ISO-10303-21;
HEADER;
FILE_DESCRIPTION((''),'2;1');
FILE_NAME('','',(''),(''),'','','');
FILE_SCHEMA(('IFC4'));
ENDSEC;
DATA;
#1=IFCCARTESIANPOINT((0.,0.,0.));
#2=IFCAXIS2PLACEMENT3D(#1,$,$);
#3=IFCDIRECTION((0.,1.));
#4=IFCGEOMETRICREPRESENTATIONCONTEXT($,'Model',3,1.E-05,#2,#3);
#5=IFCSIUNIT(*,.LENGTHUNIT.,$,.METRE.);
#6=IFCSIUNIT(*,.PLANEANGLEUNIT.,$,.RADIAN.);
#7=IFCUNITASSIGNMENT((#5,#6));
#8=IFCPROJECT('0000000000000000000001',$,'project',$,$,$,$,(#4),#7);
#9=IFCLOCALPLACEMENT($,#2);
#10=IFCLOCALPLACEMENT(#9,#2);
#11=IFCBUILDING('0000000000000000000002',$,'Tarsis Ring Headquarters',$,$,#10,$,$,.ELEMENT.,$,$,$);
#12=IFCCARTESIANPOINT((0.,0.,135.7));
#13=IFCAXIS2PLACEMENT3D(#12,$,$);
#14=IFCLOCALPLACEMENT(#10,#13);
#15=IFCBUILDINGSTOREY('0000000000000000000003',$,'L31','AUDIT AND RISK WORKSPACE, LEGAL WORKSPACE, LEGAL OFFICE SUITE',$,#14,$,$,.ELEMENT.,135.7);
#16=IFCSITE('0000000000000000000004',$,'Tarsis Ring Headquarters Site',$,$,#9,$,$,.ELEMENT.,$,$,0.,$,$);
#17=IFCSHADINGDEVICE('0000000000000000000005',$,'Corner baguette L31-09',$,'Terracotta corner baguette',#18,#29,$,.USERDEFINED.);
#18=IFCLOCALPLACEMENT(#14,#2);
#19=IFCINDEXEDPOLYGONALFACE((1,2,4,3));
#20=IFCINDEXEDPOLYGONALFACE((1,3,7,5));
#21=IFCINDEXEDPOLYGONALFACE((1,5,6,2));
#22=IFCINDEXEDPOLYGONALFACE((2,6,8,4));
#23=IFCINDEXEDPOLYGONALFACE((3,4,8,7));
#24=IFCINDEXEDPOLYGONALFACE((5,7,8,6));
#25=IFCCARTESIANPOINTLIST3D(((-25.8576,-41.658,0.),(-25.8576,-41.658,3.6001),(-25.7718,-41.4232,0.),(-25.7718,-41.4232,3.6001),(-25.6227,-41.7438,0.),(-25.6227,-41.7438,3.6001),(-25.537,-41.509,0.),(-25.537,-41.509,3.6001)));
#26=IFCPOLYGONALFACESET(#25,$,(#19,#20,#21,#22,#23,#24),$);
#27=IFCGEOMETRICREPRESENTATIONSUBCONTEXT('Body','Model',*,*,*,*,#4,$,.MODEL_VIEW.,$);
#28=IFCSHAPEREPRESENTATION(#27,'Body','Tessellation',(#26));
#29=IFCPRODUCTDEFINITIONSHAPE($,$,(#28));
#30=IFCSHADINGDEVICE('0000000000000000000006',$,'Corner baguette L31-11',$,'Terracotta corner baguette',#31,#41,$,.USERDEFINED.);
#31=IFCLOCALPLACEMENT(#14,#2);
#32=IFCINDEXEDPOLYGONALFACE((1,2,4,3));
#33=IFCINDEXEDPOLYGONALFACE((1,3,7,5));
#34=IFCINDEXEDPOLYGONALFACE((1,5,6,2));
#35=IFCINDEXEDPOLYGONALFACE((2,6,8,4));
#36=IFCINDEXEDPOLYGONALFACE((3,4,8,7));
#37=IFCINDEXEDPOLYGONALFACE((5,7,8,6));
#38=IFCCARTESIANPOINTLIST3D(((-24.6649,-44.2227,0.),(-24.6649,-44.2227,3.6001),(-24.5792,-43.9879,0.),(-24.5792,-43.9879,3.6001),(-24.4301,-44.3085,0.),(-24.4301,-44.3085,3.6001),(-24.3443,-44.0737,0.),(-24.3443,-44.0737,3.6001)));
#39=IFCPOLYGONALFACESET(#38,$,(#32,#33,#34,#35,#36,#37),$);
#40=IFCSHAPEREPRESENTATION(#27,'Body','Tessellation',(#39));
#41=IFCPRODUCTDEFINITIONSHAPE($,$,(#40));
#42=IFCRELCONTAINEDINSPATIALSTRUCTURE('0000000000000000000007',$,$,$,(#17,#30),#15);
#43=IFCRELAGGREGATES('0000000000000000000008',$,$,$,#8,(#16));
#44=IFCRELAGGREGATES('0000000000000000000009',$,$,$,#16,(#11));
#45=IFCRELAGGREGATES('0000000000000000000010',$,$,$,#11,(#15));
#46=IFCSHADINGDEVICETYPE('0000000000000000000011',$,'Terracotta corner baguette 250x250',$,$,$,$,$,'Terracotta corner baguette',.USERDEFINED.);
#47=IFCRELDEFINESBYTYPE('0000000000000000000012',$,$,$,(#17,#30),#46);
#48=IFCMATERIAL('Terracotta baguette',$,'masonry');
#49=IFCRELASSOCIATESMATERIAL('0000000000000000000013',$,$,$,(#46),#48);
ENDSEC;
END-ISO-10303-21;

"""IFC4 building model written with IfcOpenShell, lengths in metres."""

from ifc_helpers import new_model, si_unit, direction, frame, origin, origin_2d, place, context, subcontext, project, spatial, rectangle, extrude, material, type_object, element, save


model = new_model("IFC4")

# Units and contexts
model_context = context("Model", 3, precision=1e-05, world=origin(), true_north=direction((0.0, 1.0)))
body_context = subcontext(model_context, "Body", "Model", "MODEL_VIEW")
ifc_project = project(units=[si_unit("LENGTHUNIT", "METRE"), si_unit("PLANEANGLEUNIT", "RADIAN")], contexts=[model_context])

# Site, building, storey
site_placement = place(None, origin())
site = spatial("IfcSite", under=ifc_project, at=site_placement, Name="Tarsis Ring Headquarters Site", CompositionType="ELEMENT", RefElevation=0.0)
building_placement = place(site_placement, origin())
building = spatial("IfcBuilding", under=site, at=building_placement, Name="Tarsis Ring Headquarters", CompositionType="ELEMENT")
storey_placement = place(building_placement, frame((0.0, 0.0, 135.7)))
storey = spatial("IfcBuildingStorey", under=building, at=storey_placement, Name="L31", Description="AUDIT AND RISK WORKSPACE, LEGAL WORKSPACE, LEGAL OFFICE SUITE", CompositionType="ELEMENT", Elevation=135.7)

# Shading devices
ifc_material_1 = material(Name="Terracotta baguette", Category="masonry")
shading_device_type = type_object("IfcShadingDeviceType", Name="Terracotta corner baguette 250x250", ElementType="Terracotta corner baguette", PredefinedType="USERDEFINED", material=ifc_material_1)
for number, where, z_axis, x_axis, name in (
    (1, (-25.6973, -41.5835, 0.0), (0.0, 0.0, 1.0), (-0.343004, -0.939334, 0.0), "Corner baguette L31-09"),
    (2, (-24.5046, -44.1482, 0.0), (0.0, 0.0, 1.0), (-0.343004, -0.939334, 0.0), "Corner baguette L31-11"),
):
    element("IfcShadingDevice", number, at=place(storey_placement, frame(where, z_axis=z_axis, x_axis=x_axis)), inside=storey, type_object=shading_device_type, Name=name, ObjectType="Terracotta corner baguette", PredefinedType="USERDEFINED", context=body_context, shape_type="SweptSolid", body=[
        extrude(rectangle(XDim=0.25, YDim=0.25, at=origin_2d()), origin(), (0.0, 0.0, 1.0), 3.6001),
    ])

save(model, "model.ifc")
